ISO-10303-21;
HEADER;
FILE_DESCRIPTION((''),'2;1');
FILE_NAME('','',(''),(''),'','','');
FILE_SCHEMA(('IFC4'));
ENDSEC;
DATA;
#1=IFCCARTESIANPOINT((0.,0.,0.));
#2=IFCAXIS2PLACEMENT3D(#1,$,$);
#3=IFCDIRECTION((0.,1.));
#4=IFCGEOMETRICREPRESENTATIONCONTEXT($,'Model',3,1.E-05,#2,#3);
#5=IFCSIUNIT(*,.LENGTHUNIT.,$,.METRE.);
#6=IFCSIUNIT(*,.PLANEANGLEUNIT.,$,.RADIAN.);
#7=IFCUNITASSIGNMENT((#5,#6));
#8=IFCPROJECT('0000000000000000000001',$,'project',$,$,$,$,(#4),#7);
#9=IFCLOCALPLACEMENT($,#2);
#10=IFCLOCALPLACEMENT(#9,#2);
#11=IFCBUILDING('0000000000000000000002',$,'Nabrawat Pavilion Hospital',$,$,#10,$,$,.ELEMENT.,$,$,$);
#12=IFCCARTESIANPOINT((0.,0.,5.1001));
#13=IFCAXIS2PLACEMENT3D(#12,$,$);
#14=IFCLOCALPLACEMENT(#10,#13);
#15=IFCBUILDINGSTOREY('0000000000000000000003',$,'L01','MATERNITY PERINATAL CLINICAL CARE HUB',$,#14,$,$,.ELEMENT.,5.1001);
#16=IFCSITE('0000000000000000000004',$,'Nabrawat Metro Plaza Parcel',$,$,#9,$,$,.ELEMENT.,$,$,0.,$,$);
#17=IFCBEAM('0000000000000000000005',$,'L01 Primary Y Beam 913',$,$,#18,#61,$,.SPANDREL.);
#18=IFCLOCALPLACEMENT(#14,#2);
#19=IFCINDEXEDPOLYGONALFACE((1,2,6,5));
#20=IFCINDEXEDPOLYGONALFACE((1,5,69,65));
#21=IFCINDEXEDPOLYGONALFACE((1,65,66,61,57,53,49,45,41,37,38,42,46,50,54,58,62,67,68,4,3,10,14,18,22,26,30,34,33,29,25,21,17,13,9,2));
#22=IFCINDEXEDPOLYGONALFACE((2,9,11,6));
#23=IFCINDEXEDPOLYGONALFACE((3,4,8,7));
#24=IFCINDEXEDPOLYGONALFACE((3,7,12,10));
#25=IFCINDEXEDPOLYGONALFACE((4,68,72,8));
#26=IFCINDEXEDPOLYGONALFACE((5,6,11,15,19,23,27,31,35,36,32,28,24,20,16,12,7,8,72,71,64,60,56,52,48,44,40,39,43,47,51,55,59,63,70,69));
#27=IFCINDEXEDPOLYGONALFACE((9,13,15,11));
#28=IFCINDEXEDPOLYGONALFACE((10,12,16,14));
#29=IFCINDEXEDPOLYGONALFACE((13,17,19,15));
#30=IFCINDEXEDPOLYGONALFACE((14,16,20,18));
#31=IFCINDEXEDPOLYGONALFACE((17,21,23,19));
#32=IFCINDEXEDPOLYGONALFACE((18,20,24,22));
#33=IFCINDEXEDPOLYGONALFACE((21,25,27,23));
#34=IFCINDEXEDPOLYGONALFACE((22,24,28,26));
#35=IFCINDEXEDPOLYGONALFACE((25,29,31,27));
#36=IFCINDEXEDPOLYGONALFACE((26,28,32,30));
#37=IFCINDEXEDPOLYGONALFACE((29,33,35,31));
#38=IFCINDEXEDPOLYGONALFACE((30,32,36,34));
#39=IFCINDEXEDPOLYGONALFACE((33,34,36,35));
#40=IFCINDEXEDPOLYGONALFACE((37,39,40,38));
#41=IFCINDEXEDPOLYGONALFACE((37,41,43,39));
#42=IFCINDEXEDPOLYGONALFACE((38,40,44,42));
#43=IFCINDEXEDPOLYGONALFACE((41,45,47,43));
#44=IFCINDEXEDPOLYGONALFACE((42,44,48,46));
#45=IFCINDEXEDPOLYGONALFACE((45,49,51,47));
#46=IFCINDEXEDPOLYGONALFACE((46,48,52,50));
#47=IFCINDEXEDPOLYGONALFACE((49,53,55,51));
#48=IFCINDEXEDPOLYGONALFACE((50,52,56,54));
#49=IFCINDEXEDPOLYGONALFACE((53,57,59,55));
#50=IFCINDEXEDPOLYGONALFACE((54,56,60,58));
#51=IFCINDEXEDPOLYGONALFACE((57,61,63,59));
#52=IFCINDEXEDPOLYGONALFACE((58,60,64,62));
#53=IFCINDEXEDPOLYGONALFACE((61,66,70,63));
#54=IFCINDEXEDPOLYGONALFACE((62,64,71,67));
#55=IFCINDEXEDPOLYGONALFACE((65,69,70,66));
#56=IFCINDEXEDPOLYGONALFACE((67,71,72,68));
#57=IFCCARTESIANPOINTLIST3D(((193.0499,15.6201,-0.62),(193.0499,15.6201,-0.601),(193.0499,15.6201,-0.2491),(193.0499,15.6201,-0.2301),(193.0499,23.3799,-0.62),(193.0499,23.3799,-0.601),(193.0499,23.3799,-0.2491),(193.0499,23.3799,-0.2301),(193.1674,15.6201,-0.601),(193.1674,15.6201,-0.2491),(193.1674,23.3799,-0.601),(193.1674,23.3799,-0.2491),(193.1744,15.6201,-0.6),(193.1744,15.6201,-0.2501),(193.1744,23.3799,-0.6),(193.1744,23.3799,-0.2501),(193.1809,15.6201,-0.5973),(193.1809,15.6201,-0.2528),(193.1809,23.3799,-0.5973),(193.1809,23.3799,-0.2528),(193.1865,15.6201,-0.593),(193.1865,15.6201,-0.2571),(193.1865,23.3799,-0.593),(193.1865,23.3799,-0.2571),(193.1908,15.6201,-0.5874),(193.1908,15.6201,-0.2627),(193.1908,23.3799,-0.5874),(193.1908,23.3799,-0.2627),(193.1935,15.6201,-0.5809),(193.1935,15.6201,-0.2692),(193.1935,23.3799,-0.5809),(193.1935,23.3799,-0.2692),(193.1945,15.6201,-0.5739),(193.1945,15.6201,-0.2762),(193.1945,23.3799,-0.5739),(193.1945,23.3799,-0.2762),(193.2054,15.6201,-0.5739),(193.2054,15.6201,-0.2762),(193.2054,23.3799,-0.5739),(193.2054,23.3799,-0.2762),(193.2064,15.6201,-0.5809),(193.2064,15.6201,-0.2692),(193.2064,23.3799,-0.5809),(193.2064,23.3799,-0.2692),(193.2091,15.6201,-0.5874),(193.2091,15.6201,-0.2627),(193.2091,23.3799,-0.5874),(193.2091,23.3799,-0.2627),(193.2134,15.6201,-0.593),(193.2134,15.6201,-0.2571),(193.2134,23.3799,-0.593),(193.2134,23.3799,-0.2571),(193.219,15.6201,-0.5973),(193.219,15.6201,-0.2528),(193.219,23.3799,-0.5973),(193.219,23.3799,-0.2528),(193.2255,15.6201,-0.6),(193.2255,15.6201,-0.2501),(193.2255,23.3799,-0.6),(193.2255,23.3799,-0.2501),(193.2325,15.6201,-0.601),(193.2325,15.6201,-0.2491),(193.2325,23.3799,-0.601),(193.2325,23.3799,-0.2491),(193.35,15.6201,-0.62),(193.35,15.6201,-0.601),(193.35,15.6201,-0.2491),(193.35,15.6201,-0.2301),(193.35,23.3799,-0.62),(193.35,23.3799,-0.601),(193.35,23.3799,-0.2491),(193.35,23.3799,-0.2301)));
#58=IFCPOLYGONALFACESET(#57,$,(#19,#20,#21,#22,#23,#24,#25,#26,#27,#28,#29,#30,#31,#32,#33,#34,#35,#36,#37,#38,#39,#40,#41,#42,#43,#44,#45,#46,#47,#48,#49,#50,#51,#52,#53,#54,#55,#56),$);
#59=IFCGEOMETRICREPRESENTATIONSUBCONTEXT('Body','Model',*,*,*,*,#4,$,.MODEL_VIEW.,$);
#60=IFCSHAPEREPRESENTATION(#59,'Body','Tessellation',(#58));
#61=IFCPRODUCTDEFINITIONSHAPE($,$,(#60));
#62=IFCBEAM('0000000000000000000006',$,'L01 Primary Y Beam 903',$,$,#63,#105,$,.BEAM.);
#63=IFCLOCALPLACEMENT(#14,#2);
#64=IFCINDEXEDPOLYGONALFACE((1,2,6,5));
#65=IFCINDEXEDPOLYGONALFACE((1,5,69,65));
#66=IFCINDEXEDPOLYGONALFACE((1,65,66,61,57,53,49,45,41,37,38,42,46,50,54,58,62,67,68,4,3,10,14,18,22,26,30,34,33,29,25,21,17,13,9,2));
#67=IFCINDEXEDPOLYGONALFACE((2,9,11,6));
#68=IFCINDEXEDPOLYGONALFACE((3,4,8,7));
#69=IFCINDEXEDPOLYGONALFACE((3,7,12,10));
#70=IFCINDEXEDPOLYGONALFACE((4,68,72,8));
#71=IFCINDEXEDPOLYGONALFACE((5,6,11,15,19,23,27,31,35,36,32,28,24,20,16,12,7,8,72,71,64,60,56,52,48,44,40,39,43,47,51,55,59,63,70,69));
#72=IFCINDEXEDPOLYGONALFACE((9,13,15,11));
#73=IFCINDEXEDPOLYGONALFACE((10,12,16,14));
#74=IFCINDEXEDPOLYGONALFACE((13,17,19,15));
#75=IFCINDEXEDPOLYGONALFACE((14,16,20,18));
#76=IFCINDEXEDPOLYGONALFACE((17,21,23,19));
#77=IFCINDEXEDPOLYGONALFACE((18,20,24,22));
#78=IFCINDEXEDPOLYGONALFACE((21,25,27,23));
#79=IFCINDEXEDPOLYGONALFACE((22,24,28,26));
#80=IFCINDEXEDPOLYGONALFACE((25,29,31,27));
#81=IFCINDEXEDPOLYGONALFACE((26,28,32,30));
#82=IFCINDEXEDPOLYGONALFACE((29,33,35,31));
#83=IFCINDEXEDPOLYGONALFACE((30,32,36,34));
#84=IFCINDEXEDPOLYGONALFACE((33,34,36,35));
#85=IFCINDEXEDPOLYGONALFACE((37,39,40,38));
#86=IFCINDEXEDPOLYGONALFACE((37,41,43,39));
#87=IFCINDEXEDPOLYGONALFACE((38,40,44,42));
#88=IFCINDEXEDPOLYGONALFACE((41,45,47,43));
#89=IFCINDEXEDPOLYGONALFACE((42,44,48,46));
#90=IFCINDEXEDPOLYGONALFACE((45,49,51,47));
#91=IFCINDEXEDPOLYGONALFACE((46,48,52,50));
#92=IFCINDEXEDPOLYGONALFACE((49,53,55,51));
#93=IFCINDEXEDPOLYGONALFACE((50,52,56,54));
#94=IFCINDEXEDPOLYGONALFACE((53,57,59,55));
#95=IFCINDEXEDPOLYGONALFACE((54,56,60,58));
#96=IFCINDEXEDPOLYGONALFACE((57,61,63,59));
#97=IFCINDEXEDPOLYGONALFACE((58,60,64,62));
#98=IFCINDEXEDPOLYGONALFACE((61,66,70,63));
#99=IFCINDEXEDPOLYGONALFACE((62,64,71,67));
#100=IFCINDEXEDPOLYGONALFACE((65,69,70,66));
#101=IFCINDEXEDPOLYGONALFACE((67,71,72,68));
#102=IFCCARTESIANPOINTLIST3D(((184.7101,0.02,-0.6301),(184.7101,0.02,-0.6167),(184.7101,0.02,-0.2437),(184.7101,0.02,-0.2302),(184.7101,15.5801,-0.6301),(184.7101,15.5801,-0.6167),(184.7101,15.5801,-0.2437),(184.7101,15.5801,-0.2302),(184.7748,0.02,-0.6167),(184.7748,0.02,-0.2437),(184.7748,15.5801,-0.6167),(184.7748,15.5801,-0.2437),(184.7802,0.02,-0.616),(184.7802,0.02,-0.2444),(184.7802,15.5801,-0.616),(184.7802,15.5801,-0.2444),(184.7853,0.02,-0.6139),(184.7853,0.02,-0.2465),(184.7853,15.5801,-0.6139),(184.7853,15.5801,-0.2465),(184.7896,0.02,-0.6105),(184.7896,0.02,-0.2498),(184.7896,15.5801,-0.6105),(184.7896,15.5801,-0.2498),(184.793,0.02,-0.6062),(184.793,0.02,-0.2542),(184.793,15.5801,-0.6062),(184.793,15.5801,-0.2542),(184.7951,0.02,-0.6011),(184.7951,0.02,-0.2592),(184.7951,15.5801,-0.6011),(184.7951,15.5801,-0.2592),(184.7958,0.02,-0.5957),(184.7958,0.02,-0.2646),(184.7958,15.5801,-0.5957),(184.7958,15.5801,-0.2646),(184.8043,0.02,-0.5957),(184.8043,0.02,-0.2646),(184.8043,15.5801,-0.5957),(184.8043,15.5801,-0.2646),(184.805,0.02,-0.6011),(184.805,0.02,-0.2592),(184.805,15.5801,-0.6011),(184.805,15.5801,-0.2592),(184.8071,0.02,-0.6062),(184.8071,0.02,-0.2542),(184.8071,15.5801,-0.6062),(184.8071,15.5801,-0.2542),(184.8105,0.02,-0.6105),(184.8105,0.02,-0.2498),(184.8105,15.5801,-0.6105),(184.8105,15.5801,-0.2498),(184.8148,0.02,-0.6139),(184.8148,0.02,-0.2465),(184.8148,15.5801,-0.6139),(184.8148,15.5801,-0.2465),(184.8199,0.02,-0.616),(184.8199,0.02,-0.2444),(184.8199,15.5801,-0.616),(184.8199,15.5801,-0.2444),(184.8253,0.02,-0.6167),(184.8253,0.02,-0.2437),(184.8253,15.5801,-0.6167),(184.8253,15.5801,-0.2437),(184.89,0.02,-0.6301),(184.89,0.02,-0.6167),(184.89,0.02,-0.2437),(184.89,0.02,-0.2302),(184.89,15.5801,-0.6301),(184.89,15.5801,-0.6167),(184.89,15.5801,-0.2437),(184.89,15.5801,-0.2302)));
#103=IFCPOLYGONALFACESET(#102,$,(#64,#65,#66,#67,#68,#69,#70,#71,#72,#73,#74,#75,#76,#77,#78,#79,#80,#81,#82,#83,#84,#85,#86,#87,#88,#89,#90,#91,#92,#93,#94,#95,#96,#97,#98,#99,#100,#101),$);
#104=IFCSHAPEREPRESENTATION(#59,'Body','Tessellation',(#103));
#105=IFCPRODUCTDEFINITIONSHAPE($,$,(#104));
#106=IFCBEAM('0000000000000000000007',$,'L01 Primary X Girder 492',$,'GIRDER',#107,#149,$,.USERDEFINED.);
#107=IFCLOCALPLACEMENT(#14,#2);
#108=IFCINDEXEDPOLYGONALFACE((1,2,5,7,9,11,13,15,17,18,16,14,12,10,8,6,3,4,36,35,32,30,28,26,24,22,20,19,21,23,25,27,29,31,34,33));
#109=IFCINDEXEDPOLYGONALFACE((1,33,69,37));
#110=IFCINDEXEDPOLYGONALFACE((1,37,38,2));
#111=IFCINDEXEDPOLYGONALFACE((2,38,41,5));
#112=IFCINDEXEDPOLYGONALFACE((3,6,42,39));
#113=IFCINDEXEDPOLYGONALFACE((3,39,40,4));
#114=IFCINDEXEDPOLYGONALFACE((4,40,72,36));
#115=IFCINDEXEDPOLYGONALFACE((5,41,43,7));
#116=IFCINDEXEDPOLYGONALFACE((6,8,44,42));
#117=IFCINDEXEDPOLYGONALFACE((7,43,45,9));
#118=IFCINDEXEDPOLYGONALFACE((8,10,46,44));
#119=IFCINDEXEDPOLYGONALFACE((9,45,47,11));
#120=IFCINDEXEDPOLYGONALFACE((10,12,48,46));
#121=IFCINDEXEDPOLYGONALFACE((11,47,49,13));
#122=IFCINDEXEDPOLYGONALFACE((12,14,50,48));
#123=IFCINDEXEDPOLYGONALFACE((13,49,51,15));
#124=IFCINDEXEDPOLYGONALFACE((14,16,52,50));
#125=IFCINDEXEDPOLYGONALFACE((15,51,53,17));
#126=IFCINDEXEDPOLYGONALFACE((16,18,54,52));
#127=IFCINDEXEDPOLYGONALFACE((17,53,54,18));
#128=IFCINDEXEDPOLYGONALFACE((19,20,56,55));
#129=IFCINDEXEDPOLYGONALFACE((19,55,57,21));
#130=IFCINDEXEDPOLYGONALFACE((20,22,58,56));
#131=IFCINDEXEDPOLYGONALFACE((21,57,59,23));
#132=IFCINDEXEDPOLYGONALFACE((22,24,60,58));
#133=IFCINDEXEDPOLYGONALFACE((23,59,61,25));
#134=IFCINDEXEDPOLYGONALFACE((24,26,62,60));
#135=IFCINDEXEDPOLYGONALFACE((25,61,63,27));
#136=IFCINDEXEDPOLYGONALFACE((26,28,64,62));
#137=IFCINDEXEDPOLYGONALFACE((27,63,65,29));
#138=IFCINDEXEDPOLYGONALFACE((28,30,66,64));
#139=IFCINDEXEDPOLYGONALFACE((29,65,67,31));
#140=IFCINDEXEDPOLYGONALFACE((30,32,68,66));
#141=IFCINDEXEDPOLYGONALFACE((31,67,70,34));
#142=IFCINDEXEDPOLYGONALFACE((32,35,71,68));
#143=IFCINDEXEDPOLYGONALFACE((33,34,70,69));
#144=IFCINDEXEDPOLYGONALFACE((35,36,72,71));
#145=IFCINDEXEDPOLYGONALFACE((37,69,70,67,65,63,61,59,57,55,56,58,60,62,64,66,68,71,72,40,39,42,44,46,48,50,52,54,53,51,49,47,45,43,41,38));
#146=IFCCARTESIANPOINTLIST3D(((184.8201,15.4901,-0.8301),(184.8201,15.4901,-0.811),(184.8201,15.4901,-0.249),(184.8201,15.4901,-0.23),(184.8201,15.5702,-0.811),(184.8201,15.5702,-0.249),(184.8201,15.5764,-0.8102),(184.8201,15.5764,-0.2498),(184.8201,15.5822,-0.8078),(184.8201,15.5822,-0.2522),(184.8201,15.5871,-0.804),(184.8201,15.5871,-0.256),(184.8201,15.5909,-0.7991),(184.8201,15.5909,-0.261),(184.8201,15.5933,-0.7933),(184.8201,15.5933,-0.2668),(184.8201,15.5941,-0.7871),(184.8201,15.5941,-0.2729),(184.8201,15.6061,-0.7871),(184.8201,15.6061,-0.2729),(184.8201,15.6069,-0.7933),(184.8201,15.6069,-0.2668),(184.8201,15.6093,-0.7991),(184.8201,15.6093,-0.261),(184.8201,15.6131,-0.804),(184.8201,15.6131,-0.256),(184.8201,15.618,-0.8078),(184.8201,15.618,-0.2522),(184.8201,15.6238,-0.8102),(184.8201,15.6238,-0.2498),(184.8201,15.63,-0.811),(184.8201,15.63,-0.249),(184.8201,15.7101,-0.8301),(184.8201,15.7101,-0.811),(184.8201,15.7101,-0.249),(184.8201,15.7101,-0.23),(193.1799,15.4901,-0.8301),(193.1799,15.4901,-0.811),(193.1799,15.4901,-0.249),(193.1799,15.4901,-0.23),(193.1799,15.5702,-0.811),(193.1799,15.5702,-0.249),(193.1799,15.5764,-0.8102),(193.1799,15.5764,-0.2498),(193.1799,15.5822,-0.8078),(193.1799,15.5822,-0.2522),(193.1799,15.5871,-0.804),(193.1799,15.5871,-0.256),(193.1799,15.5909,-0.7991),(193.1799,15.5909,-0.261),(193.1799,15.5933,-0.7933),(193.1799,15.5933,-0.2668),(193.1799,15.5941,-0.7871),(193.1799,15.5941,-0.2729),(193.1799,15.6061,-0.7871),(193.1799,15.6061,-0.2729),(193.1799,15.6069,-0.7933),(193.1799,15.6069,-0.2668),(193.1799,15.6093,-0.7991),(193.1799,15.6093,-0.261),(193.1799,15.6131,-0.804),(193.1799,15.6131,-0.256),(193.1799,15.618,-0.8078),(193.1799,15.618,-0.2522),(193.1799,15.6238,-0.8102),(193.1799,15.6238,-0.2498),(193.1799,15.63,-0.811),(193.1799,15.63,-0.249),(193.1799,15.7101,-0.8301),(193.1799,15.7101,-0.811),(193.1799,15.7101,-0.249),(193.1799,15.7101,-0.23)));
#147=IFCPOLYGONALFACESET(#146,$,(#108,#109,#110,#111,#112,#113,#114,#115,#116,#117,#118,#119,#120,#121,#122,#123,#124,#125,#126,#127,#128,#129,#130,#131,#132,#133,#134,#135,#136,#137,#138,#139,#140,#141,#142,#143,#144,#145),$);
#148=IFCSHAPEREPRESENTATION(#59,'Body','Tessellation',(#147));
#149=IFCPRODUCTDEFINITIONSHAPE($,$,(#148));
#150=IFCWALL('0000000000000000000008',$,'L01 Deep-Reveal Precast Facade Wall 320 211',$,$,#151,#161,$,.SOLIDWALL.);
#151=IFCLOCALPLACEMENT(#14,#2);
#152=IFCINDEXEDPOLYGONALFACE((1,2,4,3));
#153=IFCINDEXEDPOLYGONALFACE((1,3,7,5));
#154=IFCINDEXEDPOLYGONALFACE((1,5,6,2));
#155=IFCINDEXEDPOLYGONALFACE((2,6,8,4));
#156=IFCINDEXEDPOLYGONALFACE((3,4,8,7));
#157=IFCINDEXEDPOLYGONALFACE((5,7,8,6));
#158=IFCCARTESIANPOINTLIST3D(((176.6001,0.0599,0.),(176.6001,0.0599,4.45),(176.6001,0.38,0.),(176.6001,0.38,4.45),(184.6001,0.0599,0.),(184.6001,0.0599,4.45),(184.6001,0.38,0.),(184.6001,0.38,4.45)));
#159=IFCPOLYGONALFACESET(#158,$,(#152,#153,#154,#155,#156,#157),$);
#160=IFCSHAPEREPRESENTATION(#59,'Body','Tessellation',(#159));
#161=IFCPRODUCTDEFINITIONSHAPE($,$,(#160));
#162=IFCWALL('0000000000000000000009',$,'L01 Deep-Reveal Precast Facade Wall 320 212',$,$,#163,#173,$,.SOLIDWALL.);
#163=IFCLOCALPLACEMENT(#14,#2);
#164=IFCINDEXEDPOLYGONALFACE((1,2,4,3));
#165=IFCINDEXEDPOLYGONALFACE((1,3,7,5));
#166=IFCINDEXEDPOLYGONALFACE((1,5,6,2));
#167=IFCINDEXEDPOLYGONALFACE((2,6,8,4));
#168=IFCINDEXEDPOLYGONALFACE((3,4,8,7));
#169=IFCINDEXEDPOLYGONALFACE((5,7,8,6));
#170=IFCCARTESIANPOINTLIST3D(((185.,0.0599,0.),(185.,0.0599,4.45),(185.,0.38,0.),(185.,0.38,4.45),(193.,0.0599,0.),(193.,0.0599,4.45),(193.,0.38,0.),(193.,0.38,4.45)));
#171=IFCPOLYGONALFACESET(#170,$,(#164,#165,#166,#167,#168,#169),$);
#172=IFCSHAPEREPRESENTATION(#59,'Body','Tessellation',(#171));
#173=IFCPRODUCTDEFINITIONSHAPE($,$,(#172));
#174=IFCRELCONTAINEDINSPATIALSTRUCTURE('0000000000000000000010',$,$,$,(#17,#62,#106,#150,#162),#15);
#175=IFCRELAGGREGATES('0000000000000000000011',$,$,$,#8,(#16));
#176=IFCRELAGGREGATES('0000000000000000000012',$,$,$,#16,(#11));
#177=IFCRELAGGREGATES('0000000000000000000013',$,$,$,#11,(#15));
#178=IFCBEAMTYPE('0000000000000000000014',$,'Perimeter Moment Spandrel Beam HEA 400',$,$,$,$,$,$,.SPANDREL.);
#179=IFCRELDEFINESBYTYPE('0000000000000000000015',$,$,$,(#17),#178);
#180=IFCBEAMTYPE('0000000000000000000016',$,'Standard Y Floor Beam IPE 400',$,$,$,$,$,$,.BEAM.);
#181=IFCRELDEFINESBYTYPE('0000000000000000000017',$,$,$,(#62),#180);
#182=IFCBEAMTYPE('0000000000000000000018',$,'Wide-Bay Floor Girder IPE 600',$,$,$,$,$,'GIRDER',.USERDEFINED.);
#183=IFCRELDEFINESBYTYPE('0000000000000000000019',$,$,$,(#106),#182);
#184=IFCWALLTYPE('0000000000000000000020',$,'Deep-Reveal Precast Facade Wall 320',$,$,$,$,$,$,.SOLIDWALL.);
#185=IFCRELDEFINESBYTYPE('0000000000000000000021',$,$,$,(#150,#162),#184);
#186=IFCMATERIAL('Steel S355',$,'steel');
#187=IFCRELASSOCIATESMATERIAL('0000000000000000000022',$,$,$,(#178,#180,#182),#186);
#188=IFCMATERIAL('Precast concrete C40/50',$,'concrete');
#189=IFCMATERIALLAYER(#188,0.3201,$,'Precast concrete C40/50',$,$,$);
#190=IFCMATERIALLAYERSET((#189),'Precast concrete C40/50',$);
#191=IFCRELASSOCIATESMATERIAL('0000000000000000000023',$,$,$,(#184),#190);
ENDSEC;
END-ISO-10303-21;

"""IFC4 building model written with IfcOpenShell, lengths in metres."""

from ifc_helpers import new_model, si_unit, direction, frame, frame_2d, origin, origin_2d, place, context, subcontext, project, spatial, rectangle, i_section, extrude, material, layer, layer_set, material_profile, profile_set, type_object, element, save


model = new_model("IFC4")

# Units and contexts
model_context = context("Model", 3, precision=1e-05, world=origin(), true_north=direction((0.0, 1.0)))
body_context = subcontext(model_context, "Body", "Model", "MODEL_VIEW")
ifc_project = project(units=[si_unit("LENGTHUNIT", "METRE"), si_unit("PLANEANGLEUNIT", "RADIAN")], contexts=[model_context])

# Site, building, storey
site_placement = place(None, origin())
site = spatial("IfcSite", under=ifc_project, at=site_placement, Name="Nabrawat Metro Plaza Parcel", CompositionType="ELEMENT", RefElevation=0.0)
building_placement = place(site_placement, origin())
building = spatial("IfcBuilding", under=site, at=building_placement, Name="Nabrawat Pavilion Hospital", CompositionType="ELEMENT")
storey_placement = place(building_placement, frame((0.0, 0.0, 5.1001)))
storey = spatial("IfcBuildingStorey", under=building, at=storey_placement, Name="L01", Description="MATERNITY PERINATAL CLINICAL CARE HUB", CompositionType="ELEMENT", Elevation=5.1001)

# Shared definitions
ifc_material_1 = material(Name="Steel S355", Category="steel")

# Beams
ifc_material_profile_1 = material_profile(ifc_material_1, i_section(OverallWidth=0.3, OverallDepth=0.3899, WebThickness=0.011, FlangeThickness=0.019, FilletRadius=0.0271, at=origin_2d()), Name="HEA 400")
ifc_profile_set_1 = profile_set([ifc_material_profile_1], Name="Steel S355")
beam_type_1 = type_object("IfcBeamType", Name="Perimeter Moment Spandrel Beam HEA 400", PredefinedType="SPANDREL", material=ifc_profile_set_1)
beam_1_placement = place(storey_placement, frame((193.2, 15.6201, -0.425), z_axis=(0.0, 1.0, 0.0), x_axis=(-1.0, 0.0, 0.0)))
element("IfcBeam", 1, at=beam_1_placement, inside=storey, type_object=beam_type_1, Name="L01 Primary Y Beam 913", PredefinedType="SPANDREL", context=body_context, shape_type="SweptSolid", body=[
    extrude(i_section(OverallWidth=0.3, OverallDepth=0.3899, WebThickness=0.011, FlangeThickness=0.019, FilletRadius=0.0271, at=origin_2d()), origin(), (0.0, 0.0, 1.0), 7.7598),
])
ifc_material_profile_2 = material_profile(ifc_material_1, i_section(OverallWidth=0.1799, OverallDepth=0.3999, WebThickness=0.0085, FlangeThickness=0.0134, FilletRadius=0.021, at=origin_2d()), Name="IPE 400")
ifc_profile_set_2 = profile_set([ifc_material_profile_2], Name="Steel S355")
beam_type_2 = type_object("IfcBeamType", Name="Standard Y Floor Beam IPE 400", PredefinedType="BEAM", material=ifc_profile_set_2)
beam_2_placement = place(storey_placement, frame((184.8, 0.02, -0.4302), z_axis=(0.0, 1.0, 0.0), x_axis=(-1.0, 0.0, 0.0)))
element("IfcBeam", 2, at=beam_2_placement, inside=storey, type_object=beam_type_2, Name="L01 Primary Y Beam 903", PredefinedType="BEAM", context=body_context, shape_type="SweptSolid", body=[
    extrude(i_section(OverallWidth=0.1799, OverallDepth=0.3999, WebThickness=0.0085, FlangeThickness=0.0134, FilletRadius=0.021, at=origin_2d()), origin(), (0.0, 0.0, 1.0), 15.5601),
])
ifc_material_profile_3 = material_profile(ifc_material_1, i_section(OverallWidth=0.22, OverallDepth=0.6001, WebThickness=0.012, FlangeThickness=0.019, FilletRadius=0.0239, at=origin_2d()), Name="IPE 600")
ifc_profile_set_3 = profile_set([ifc_material_profile_3], Name="Steel S355")
beam_type_3 = type_object("IfcBeamType", Name="Wide-Bay Floor Girder IPE 600", ElementType="GIRDER", PredefinedType="USERDEFINED", material=ifc_profile_set_3)
beam_3_placement = place(storey_placement, frame((184.8201, 15.6001, -0.53), z_axis=(1.0, 0.0, 0.0), x_axis=(0.0, 1.0, 0.0)))
element("IfcBeam", 3, at=beam_3_placement, inside=storey, type_object=beam_type_3, Name="L01 Primary X Girder 492", ObjectType="GIRDER", PredefinedType="USERDEFINED", context=body_context, shape_type="SweptSolid", body=[
    extrude(i_section(OverallWidth=0.22, OverallDepth=0.6001, WebThickness=0.012, FlangeThickness=0.019, FilletRadius=0.0239, at=origin_2d()), origin(), (0.0, 0.0, 1.0), 8.3599),
])

# Walls
ifc_material_2 = material(Name="Precast concrete C40/50", Category="concrete")
ifc_layer_1 = layer(ifc_material_2, 0.3201, Name="Precast concrete C40/50")
ifc_layer_set_1 = layer_set([ifc_layer_1], Name="Precast concrete C40/50")
wall_type_1 = type_object("IfcWallType", Name="Deep-Reveal Precast Facade Wall 320", PredefinedType="SOLIDWALL", material=ifc_layer_set_1)
for number, where, z_axis, x_axis, name in (
    (4, (176.6001, 0.22, 0.0), (0.0, 0.0, 1.0), (1.0, 0.0, 0.0), "L01 Deep-Reveal Precast Facade Wall 320 211"),
    (5, (185.0, 0.22, 0.0), (0.0, 0.0, 1.0), (1.0, 0.0, 0.0), "L01 Deep-Reveal Precast Facade Wall 320 212"),
):
    element("IfcWall", number, at=place(storey_placement, frame(where, z_axis=z_axis, x_axis=x_axis)), inside=storey, type_object=wall_type_1, Name=name, PredefinedType="SOLIDWALL", context=body_context, shape_type="SweptSolid", body=[
        extrude(rectangle(XDim=8.0, YDim=0.3201, at=frame_2d((4.0, 0.0))), origin(), (0.0, 0.0, 1.0), 4.45),
    ])

save(model, "model.ifc")
